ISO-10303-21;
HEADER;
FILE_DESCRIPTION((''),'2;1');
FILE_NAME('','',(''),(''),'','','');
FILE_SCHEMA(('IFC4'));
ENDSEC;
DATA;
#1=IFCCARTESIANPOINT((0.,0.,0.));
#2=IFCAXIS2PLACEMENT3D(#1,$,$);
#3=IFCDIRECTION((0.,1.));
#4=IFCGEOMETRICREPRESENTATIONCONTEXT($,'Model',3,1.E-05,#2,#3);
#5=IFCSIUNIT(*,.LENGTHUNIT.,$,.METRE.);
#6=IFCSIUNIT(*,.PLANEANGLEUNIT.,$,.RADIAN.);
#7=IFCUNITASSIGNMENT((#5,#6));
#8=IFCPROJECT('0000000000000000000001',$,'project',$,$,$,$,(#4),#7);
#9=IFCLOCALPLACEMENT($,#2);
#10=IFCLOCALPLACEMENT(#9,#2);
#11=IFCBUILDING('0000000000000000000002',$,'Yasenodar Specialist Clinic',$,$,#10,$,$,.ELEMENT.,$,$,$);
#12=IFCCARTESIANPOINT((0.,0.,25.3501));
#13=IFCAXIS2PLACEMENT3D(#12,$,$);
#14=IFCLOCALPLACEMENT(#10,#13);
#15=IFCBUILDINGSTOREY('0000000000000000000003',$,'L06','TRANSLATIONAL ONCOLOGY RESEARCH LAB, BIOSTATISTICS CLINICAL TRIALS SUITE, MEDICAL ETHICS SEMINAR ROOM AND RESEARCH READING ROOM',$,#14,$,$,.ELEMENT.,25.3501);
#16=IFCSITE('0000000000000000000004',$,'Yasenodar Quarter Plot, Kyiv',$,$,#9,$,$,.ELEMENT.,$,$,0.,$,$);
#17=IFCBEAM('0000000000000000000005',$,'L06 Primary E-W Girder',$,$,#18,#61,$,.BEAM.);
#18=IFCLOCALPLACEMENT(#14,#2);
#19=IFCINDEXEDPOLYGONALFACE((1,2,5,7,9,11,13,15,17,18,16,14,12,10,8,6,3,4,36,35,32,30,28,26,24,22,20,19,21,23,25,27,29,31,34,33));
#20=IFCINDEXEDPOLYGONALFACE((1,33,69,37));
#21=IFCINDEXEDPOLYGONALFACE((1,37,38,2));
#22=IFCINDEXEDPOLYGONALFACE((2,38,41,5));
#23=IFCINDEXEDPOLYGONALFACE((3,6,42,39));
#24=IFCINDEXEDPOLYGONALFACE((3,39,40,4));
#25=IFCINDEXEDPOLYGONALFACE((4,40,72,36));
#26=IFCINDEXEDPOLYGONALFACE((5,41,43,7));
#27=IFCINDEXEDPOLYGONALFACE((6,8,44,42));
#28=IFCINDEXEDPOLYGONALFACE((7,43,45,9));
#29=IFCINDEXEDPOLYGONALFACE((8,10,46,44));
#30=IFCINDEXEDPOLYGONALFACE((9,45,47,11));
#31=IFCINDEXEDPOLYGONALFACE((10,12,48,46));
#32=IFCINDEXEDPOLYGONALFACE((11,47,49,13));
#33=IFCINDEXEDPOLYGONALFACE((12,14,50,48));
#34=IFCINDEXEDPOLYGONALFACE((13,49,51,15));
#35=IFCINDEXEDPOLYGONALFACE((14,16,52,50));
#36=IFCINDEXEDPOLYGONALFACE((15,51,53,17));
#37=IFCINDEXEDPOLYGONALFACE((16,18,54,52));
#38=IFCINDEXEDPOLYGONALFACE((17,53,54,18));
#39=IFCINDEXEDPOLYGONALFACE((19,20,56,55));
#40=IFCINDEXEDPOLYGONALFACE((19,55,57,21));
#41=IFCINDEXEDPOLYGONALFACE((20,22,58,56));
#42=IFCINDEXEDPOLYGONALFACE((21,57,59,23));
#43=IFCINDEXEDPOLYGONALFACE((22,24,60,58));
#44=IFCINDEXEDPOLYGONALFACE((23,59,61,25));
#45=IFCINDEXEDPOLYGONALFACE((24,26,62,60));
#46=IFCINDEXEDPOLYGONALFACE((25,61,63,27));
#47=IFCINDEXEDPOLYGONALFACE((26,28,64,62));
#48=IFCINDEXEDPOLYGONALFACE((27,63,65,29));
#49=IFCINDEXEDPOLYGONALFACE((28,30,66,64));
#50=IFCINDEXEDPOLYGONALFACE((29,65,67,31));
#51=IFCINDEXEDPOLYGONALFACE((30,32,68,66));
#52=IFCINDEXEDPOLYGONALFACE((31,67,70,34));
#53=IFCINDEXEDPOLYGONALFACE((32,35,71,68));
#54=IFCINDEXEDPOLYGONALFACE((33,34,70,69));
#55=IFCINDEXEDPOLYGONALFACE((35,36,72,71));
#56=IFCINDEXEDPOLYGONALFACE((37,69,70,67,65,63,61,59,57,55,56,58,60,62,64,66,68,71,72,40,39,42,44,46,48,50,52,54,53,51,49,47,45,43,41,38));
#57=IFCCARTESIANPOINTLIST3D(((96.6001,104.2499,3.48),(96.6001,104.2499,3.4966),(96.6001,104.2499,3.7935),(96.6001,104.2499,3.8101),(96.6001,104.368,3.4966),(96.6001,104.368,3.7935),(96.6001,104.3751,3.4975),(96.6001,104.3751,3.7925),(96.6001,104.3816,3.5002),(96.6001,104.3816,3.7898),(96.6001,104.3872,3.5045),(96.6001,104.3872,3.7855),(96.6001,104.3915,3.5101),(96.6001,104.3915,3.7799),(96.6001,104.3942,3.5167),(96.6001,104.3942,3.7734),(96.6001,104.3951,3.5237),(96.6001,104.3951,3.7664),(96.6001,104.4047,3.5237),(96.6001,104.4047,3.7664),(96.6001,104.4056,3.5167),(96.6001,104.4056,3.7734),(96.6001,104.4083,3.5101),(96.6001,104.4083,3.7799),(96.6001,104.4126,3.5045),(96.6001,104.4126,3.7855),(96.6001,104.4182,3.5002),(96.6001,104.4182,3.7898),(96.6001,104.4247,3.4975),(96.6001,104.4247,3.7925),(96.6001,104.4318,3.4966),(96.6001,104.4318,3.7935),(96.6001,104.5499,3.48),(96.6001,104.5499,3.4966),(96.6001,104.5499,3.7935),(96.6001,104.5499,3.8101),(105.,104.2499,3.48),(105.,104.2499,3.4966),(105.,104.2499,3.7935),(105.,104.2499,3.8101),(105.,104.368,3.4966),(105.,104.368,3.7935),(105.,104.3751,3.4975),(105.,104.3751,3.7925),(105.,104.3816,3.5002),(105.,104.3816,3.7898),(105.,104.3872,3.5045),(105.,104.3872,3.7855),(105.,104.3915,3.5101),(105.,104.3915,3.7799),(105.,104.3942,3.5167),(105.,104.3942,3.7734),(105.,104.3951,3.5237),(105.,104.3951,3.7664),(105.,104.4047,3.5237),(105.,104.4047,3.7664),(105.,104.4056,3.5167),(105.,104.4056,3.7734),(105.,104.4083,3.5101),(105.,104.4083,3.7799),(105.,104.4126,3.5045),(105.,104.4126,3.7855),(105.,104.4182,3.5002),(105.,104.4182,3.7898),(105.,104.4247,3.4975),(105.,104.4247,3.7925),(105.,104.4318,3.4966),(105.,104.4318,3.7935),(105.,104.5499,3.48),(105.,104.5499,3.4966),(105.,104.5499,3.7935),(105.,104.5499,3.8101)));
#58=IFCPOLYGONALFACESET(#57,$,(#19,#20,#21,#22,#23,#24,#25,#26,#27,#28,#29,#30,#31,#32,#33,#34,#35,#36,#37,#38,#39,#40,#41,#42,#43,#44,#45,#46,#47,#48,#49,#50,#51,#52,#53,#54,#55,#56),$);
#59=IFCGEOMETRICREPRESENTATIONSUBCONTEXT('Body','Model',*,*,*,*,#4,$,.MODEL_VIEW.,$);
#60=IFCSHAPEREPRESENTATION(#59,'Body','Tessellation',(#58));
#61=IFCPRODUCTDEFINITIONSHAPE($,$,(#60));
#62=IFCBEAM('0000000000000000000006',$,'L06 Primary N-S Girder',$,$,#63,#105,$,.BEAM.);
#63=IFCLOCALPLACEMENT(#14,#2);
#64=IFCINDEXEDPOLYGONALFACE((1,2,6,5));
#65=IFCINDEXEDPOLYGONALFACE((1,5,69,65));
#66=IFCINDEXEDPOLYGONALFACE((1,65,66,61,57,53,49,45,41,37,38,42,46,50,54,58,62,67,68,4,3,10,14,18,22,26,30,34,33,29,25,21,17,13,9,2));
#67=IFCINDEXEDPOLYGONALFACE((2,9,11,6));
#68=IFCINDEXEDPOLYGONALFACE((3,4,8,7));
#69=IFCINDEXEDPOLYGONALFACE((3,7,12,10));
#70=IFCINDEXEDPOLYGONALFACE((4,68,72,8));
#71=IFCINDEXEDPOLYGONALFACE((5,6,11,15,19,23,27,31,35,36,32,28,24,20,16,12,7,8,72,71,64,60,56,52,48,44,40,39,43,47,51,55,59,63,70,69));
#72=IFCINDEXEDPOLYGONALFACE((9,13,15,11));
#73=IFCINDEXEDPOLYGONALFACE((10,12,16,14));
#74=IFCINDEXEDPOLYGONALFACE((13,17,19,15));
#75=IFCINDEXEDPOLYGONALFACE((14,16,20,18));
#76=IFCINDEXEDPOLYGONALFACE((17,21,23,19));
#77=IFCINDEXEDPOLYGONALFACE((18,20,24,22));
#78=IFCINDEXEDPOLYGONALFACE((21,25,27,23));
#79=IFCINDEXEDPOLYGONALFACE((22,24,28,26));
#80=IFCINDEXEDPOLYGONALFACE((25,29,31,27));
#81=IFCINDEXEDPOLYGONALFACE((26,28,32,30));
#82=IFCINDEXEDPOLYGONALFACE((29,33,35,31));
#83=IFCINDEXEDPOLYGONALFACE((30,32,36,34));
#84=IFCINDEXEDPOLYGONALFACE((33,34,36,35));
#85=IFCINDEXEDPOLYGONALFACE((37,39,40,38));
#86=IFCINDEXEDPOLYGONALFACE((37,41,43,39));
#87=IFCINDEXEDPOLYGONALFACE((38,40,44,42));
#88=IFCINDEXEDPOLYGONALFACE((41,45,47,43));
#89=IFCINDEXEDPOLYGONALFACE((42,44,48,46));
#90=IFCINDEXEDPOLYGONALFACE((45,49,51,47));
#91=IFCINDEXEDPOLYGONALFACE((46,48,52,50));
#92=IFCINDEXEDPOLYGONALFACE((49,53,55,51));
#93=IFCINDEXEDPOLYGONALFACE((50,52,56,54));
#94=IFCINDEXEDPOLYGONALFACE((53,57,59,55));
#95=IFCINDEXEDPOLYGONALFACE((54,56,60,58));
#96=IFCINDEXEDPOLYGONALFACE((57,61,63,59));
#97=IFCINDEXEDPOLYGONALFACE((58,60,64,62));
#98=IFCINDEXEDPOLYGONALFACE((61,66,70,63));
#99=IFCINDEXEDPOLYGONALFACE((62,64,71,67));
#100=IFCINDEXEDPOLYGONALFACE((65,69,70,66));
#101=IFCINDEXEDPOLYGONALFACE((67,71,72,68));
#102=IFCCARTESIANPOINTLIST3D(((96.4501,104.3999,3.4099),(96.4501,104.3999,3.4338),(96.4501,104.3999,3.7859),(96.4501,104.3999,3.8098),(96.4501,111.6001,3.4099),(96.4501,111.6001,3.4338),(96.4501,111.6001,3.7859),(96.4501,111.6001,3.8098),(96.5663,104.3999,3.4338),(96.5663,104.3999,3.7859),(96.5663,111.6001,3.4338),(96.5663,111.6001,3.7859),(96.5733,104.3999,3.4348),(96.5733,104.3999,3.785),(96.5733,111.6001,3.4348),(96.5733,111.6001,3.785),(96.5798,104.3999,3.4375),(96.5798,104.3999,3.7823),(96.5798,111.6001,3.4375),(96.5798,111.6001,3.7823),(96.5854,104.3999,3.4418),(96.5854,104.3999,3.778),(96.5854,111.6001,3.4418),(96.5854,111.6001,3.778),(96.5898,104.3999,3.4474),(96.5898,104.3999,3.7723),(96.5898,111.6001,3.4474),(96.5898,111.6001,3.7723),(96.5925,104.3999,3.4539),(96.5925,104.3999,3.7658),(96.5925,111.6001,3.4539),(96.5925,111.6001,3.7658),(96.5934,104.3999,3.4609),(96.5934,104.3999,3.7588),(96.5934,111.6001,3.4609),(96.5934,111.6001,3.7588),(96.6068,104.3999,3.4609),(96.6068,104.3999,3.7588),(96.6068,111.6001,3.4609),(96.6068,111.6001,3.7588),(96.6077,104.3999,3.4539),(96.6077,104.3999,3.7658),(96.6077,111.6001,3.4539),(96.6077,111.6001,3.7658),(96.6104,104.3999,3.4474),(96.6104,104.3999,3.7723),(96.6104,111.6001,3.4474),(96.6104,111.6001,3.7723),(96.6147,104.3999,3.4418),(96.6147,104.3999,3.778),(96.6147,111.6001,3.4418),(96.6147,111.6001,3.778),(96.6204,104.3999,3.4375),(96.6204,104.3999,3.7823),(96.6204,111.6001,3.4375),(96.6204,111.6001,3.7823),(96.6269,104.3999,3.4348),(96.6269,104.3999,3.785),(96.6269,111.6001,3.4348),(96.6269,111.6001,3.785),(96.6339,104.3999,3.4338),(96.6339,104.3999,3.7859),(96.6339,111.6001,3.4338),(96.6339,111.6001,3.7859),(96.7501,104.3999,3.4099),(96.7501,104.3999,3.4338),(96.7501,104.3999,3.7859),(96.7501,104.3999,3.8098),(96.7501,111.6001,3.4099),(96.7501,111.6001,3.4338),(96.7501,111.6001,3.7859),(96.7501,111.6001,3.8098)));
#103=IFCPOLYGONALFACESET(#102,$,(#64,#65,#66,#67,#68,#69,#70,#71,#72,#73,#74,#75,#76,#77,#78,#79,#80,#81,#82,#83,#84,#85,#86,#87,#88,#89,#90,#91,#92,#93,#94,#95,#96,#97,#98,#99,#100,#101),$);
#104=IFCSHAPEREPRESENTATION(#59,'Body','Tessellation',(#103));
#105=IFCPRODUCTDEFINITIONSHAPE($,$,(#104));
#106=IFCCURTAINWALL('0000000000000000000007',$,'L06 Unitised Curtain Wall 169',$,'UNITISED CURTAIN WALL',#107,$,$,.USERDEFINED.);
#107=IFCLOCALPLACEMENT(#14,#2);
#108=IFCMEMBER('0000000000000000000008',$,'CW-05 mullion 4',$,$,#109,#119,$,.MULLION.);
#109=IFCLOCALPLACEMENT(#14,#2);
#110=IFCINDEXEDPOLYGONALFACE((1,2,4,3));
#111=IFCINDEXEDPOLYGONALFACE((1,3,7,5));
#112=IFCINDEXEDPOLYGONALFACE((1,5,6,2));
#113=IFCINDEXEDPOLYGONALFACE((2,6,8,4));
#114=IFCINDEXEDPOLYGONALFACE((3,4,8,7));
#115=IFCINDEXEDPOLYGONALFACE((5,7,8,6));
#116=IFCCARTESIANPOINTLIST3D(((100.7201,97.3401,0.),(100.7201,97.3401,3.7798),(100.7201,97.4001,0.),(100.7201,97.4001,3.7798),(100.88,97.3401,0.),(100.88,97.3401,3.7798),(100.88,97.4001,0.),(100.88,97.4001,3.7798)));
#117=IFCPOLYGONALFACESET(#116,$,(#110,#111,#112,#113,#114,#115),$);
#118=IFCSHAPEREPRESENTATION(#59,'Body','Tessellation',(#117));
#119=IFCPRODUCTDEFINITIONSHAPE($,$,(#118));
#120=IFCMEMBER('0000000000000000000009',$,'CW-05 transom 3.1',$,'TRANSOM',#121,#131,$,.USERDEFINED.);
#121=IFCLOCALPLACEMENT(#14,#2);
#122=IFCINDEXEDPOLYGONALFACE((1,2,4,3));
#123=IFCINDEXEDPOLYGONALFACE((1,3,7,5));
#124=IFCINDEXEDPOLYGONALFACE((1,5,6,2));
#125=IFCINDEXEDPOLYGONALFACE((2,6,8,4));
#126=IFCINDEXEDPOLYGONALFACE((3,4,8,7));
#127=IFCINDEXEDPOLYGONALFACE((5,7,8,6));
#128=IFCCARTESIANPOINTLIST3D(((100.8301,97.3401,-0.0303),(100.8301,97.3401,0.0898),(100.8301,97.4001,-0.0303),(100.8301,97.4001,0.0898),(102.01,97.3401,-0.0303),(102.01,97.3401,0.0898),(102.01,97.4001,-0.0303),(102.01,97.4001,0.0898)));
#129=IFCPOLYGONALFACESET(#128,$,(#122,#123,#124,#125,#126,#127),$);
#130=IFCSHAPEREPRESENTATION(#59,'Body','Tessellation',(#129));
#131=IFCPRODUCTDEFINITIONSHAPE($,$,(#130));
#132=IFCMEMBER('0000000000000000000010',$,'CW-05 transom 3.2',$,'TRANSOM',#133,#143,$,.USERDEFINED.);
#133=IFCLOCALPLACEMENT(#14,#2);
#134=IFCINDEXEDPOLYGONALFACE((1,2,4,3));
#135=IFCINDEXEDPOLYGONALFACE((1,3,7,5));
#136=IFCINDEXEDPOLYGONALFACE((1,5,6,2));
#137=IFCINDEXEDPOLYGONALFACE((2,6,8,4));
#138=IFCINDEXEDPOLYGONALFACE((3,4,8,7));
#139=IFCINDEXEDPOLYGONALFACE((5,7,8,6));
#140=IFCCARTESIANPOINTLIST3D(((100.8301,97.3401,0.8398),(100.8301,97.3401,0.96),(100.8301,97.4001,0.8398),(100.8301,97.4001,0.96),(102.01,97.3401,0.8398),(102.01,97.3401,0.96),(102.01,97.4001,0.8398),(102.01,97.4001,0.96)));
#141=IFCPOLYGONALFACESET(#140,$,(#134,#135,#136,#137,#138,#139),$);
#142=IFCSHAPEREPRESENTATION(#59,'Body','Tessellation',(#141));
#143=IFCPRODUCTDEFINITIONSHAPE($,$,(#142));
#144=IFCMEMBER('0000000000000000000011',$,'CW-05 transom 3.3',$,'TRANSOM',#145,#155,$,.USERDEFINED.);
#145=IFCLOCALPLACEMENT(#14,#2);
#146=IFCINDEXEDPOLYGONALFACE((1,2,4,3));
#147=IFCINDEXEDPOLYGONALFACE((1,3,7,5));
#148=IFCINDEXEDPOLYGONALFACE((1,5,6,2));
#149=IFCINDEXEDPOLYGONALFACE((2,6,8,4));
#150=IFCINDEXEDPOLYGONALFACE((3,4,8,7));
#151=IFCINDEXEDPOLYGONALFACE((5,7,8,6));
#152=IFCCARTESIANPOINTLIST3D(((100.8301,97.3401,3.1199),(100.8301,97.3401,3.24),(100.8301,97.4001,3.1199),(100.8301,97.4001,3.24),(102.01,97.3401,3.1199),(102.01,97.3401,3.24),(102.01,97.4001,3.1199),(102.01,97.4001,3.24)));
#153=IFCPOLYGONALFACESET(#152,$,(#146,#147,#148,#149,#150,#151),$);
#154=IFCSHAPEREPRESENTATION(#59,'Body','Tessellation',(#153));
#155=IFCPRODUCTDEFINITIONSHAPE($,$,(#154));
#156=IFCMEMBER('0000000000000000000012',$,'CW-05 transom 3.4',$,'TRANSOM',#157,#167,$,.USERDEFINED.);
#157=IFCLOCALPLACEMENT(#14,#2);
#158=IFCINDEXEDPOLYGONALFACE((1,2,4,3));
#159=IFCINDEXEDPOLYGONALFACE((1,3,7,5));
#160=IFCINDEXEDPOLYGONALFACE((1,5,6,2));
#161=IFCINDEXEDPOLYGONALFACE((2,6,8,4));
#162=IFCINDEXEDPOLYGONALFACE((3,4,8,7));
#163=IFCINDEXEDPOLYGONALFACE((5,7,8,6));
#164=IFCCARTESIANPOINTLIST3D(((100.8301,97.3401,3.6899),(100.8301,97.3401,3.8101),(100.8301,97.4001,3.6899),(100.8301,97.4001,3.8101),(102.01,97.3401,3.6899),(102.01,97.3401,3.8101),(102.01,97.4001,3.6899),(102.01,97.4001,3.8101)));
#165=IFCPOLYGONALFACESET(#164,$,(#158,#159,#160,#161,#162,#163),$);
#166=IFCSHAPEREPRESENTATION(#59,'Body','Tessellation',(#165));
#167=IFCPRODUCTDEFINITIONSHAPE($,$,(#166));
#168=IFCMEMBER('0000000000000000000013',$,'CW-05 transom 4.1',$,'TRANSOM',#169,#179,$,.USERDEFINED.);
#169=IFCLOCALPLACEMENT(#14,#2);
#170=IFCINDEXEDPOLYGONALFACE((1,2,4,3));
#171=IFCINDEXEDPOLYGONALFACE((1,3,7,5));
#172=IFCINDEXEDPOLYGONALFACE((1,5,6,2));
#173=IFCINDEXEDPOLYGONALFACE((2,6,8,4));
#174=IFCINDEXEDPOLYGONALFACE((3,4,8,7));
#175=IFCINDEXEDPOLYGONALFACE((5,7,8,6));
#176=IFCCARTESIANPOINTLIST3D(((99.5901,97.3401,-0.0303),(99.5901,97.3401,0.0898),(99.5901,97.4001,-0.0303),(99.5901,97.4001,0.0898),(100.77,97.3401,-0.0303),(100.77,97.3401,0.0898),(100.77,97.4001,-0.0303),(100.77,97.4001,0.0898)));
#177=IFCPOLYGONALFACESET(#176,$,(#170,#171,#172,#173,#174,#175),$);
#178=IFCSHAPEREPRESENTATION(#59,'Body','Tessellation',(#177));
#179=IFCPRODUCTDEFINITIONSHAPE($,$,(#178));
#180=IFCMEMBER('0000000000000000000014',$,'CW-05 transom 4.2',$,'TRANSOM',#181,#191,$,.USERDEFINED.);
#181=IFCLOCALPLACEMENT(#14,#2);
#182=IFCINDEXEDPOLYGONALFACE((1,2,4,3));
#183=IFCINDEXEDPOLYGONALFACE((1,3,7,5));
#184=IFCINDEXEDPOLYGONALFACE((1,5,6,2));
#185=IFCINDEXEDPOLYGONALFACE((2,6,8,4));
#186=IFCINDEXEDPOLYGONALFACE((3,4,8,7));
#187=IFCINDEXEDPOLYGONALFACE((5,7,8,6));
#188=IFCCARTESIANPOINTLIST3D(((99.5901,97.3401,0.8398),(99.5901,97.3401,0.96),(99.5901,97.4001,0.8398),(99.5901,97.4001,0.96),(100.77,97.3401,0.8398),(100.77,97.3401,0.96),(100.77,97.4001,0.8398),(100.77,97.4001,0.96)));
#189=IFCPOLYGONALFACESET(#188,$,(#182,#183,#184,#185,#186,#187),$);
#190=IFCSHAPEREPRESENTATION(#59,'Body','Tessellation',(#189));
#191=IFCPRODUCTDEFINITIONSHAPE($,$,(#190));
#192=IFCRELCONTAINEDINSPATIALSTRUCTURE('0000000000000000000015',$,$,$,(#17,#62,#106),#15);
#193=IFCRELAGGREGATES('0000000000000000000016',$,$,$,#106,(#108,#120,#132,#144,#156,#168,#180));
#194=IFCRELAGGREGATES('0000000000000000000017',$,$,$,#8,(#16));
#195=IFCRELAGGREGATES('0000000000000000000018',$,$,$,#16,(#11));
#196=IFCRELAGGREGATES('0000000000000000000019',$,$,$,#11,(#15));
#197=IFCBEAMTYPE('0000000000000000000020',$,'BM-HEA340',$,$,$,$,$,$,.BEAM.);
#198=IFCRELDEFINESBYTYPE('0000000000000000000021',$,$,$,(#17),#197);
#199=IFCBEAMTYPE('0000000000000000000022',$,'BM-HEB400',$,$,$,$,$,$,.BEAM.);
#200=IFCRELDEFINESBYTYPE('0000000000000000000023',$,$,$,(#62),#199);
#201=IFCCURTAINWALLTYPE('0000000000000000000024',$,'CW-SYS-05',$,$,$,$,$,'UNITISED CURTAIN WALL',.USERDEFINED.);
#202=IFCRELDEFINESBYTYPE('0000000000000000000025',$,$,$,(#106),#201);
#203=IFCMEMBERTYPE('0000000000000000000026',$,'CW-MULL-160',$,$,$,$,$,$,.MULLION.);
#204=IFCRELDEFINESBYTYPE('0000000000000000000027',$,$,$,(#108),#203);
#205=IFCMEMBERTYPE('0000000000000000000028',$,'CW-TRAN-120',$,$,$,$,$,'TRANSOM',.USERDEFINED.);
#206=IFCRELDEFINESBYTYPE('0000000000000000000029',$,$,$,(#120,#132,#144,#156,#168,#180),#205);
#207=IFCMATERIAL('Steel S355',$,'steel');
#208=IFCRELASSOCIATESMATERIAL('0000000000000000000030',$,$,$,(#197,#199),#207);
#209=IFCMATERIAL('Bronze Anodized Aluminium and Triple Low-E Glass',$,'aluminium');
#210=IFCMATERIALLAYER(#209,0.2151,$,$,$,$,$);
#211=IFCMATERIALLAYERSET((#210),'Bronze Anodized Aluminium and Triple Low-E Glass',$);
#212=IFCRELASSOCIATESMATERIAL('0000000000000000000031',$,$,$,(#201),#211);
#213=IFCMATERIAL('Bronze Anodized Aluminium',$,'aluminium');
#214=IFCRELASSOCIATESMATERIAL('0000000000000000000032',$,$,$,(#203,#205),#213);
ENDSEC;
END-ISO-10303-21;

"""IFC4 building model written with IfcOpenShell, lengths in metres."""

from ifc_helpers import new_model, si_unit, direction, frame, origin, origin_2d, place, context, subcontext, project, spatial, rectangle, i_section, extrude, material, layer, layer_set, material_profile, profile_set, type_object, element, aggregate, save


model = new_model("IFC4")

# Units and contexts
model_context = context("Model", 3, precision=1e-05, world=origin(), true_north=direction((0.0, 1.0)))
body_context = subcontext(model_context, "Body", "Model", "MODEL_VIEW")
ifc_project = project(units=[si_unit("LENGTHUNIT", "METRE"), si_unit("PLANEANGLEUNIT", "RADIAN")], contexts=[model_context])

# Site, building, storey
site_placement = place(None, origin())
site = spatial("IfcSite", under=ifc_project, at=site_placement, Name="Yasenodar Quarter Plot, Kyiv", CompositionType="ELEMENT", RefElevation=0.0)
building_placement = place(site_placement, origin())
building = spatial("IfcBuilding", under=site, at=building_placement, Name="Yasenodar Specialist Clinic", CompositionType="ELEMENT")
storey_placement = place(building_placement, frame((0.0, 0.0, 25.3501)))
storey = spatial("IfcBuildingStorey", under=building, at=storey_placement, Name="L06", Description="TRANSLATIONAL ONCOLOGY RESEARCH LAB, BIOSTATISTICS CLINICAL TRIALS SUITE, MEDICAL ETHICS SEMINAR ROOM AND RESEARCH READING ROOM", CompositionType="ELEMENT", Elevation=25.3501)

# Beams
ifc_material_1 = material(Name="Steel S355", Category="steel")
ifc_material_profile_1 = material_profile(ifc_material_1, i_section(OverallWidth=0.3, OverallDepth=0.3301, WebThickness=0.0095, FlangeThickness=0.0166, FilletRadius=0.0271, at=origin_2d()), Name="HEA 340")
ifc_profile_set_1 = profile_set([ifc_material_profile_1], Name="Steel S355")
beam_type_1 = type_object("IfcBeamType", Name="BM-HEA340", PredefinedType="BEAM", material=ifc_profile_set_1)
beam_1_placement = place(storey_placement, frame((96.6001, 104.3999, 3.645), z_axis=(1.0, 0.0, 0.0), x_axis=(0.0, 1.0, 0.0)))
element("IfcBeam", 1, at=beam_1_placement, inside=storey, type_object=beam_type_1, Name="L06 Primary E-W Girder", PredefinedType="BEAM", context=body_context, shape_type="SweptSolid", body=[
    extrude(i_section(OverallWidth=0.3, OverallDepth=0.3301, WebThickness=0.0095, FlangeThickness=0.0166, FilletRadius=0.0271, at=origin_2d()), origin(), (0.0, 0.0, 1.0), 8.3999),
])
ifc_material_profile_2 = material_profile(ifc_material_1, i_section(OverallWidth=0.3, OverallDepth=0.3999, WebThickness=0.0134, FlangeThickness=0.0239, FilletRadius=0.0271, at=origin_2d()), Name="HEB 400")
ifc_profile_set_2 = profile_set([ifc_material_profile_2], Name="Steel S355")
beam_type_2 = type_object("IfcBeamType", Name="BM-HEB400", PredefinedType="BEAM", material=ifc_profile_set_2)
beam_2_placement = place(storey_placement, frame((96.6001, 104.3999, 3.6099), z_axis=(0.0, 1.0, 0.0), x_axis=(-1.0, 0.0, 0.0)))
element("IfcBeam", 2, at=beam_2_placement, inside=storey, type_object=beam_type_2, Name="L06 Primary N-S Girder", PredefinedType="BEAM", context=body_context, shape_type="SweptSolid", body=[
    extrude(i_section(OverallWidth=0.3, OverallDepth=0.3999, WebThickness=0.0134, FlangeThickness=0.0239, FilletRadius=0.0271, at=origin_2d()), origin(), (0.0, 0.0, 1.0), 7.2002),
])

# Curtain wall, members
ifc_material_2 = material(Name="Bronze Anodized Aluminium and Triple Low-E Glass", Category="aluminium")
ifc_layer_1 = layer(ifc_material_2, 0.2151)
ifc_layer_set_1 = layer_set([ifc_layer_1], Name="Bronze Anodized Aluminium and Triple Low-E Glass")
curtain_wall_type = type_object("IfcCurtainWallType", Name="CW-SYS-05", ElementType="UNITISED CURTAIN WALL", PredefinedType="USERDEFINED", material=ifc_layer_set_1)
curtain_wall_placement = place(storey_placement, origin())
curtain_wall = element("IfcCurtainWall", 3, at=curtain_wall_placement, inside=storey, type_object=curtain_wall_type, Name="L06 Unitised Curtain Wall 169", ObjectType="UNITISED CURTAIN WALL", PredefinedType="USERDEFINED")
ifc_material_3 = material(Name="Bronze Anodized Aluminium", Category="aluminium")
ifc_material_profile_3 = material_profile(ifc_material_3, rectangle(XDim=0.0601, YDim=0.1599, at=origin_2d()), Name="CW-MULL 60x160")
ifc_profile_set_3 = profile_set([ifc_material_profile_3], Name="Bronze Anodized Aluminium")
member_type_1 = type_object("IfcMemberType", Name="CW-MULL-160", PredefinedType="MULLION", material=ifc_profile_set_3)
member_1_placement = place(storey_placement, frame((100.8, 97.3701, 0.0), z_axis=(0.0, 0.0, 1.0), x_axis=(0.0, -1.0, 0.0)))
member_1 = element("IfcMember", 4, at=member_1_placement, type_object=member_type_1, Name="CW-05 mullion 4", PredefinedType="MULLION", context=body_context, shape_type="SweptSolid", body=[
    extrude(rectangle(XDim=0.0601, YDim=0.1599, at=origin_2d()), origin(), (0.0, 0.0, 1.0), 3.7798),
])
ifc_material_profile_4 = material_profile(ifc_material_3, rectangle(XDim=0.0601, YDim=0.1201, at=origin_2d()), Name="CW-TRAN 60x120")
ifc_profile_set_4 = profile_set([ifc_material_profile_4], Name="Bronze Anodized Aluminium")
member_type_2 = type_object("IfcMemberType", Name="CW-TRAN-120", ElementType="TRANSOM", PredefinedType="USERDEFINED", material=ifc_profile_set_4)
member_2_placement = place(storey_placement, frame((102.01, 97.3701, 0.0298), z_axis=(-1.0, 0.0, 0.0), x_axis=(0.0, -1.0, 0.0)))
member_2 = element("IfcMember", 5, at=member_2_placement, type_object=member_type_2, Name="CW-05 transom 3.1", ObjectType="TRANSOM", PredefinedType="USERDEFINED", context=body_context, shape_type="SweptSolid", body=[
    extrude(rectangle(XDim=0.0601, YDim=0.1201, at=origin_2d()), origin(), (0.0, 0.0, 1.0), 1.1799),
])
member_3_placement = place(storey_placement, frame((102.01, 97.3701, 0.8999), z_axis=(-1.0, 0.0, 0.0), x_axis=(0.0, -1.0, 0.0)))
member_3 = element("IfcMember", 6, at=member_3_placement, type_object=member_type_2, Name="CW-05 transom 3.2", ObjectType="TRANSOM", PredefinedType="USERDEFINED", context=body_context, shape_type="SweptSolid", body=[
    extrude(rectangle(XDim=0.0601, YDim=0.1201, at=origin_2d()), origin(), (0.0, 0.0, 1.0), 1.1799),
])
member_4_placement = place(storey_placement, frame((102.01, 97.3701, 3.1799), z_axis=(-1.0, 0.0, 0.0), x_axis=(0.0, -1.0, 0.0)))
member_4 = element("IfcMember", 7, at=member_4_placement, type_object=member_type_2, Name="CW-05 transom 3.3", ObjectType="TRANSOM", PredefinedType="USERDEFINED", context=body_context, shape_type="SweptSolid", body=[
    extrude(rectangle(XDim=0.0601, YDim=0.1201, at=origin_2d()), origin(), (0.0, 0.0, 1.0), 1.1799),
])
member_5_placement = place(storey_placement, frame((102.01, 97.3701, 3.75), z_axis=(-1.0, 0.0, 0.0), x_axis=(0.0, -1.0, 0.0)))
member_5 = element("IfcMember", 8, at=member_5_placement, type_object=member_type_2, Name="CW-05 transom 3.4", ObjectType="TRANSOM", PredefinedType="USERDEFINED", context=body_context, shape_type="SweptSolid", body=[
    extrude(rectangle(XDim=0.0601, YDim=0.1201, at=origin_2d()), origin(), (0.0, 0.0, 1.0), 1.1799),
])
member_6_placement = place(storey_placement, frame((100.77, 97.3701, 0.0298), z_axis=(-1.0, 0.0, 0.0), x_axis=(0.0, -1.0, 0.0)))
member_6 = element("IfcMember", 9, at=member_6_placement, type_object=member_type_2, Name="CW-05 transom 4.1", ObjectType="TRANSOM", PredefinedType="USERDEFINED", context=body_context, shape_type="SweptSolid", body=[
    extrude(rectangle(XDim=0.0601, YDim=0.1201, at=origin_2d()), origin(), (0.0, 0.0, 1.0), 1.1799),
])
member_7_placement = place(storey_placement, frame((100.77, 97.3701, 0.8999), z_axis=(-1.0, 0.0, 0.0), x_axis=(0.0, -1.0, 0.0)))
member_7 = element("IfcMember", 10, at=member_7_placement, type_object=member_type_2, Name="CW-05 transom 4.2", ObjectType="TRANSOM", PredefinedType="USERDEFINED", context=body_context, shape_type="SweptSolid", body=[
    extrude(rectangle(XDim=0.0601, YDim=0.1201, at=origin_2d()), origin(), (0.0, 0.0, 1.0), 1.1799),
])

aggregate(curtain_wall, [member_1, member_2, member_3, member_4, member_5, member_6, member_7])

save(model, "model.ifc")
